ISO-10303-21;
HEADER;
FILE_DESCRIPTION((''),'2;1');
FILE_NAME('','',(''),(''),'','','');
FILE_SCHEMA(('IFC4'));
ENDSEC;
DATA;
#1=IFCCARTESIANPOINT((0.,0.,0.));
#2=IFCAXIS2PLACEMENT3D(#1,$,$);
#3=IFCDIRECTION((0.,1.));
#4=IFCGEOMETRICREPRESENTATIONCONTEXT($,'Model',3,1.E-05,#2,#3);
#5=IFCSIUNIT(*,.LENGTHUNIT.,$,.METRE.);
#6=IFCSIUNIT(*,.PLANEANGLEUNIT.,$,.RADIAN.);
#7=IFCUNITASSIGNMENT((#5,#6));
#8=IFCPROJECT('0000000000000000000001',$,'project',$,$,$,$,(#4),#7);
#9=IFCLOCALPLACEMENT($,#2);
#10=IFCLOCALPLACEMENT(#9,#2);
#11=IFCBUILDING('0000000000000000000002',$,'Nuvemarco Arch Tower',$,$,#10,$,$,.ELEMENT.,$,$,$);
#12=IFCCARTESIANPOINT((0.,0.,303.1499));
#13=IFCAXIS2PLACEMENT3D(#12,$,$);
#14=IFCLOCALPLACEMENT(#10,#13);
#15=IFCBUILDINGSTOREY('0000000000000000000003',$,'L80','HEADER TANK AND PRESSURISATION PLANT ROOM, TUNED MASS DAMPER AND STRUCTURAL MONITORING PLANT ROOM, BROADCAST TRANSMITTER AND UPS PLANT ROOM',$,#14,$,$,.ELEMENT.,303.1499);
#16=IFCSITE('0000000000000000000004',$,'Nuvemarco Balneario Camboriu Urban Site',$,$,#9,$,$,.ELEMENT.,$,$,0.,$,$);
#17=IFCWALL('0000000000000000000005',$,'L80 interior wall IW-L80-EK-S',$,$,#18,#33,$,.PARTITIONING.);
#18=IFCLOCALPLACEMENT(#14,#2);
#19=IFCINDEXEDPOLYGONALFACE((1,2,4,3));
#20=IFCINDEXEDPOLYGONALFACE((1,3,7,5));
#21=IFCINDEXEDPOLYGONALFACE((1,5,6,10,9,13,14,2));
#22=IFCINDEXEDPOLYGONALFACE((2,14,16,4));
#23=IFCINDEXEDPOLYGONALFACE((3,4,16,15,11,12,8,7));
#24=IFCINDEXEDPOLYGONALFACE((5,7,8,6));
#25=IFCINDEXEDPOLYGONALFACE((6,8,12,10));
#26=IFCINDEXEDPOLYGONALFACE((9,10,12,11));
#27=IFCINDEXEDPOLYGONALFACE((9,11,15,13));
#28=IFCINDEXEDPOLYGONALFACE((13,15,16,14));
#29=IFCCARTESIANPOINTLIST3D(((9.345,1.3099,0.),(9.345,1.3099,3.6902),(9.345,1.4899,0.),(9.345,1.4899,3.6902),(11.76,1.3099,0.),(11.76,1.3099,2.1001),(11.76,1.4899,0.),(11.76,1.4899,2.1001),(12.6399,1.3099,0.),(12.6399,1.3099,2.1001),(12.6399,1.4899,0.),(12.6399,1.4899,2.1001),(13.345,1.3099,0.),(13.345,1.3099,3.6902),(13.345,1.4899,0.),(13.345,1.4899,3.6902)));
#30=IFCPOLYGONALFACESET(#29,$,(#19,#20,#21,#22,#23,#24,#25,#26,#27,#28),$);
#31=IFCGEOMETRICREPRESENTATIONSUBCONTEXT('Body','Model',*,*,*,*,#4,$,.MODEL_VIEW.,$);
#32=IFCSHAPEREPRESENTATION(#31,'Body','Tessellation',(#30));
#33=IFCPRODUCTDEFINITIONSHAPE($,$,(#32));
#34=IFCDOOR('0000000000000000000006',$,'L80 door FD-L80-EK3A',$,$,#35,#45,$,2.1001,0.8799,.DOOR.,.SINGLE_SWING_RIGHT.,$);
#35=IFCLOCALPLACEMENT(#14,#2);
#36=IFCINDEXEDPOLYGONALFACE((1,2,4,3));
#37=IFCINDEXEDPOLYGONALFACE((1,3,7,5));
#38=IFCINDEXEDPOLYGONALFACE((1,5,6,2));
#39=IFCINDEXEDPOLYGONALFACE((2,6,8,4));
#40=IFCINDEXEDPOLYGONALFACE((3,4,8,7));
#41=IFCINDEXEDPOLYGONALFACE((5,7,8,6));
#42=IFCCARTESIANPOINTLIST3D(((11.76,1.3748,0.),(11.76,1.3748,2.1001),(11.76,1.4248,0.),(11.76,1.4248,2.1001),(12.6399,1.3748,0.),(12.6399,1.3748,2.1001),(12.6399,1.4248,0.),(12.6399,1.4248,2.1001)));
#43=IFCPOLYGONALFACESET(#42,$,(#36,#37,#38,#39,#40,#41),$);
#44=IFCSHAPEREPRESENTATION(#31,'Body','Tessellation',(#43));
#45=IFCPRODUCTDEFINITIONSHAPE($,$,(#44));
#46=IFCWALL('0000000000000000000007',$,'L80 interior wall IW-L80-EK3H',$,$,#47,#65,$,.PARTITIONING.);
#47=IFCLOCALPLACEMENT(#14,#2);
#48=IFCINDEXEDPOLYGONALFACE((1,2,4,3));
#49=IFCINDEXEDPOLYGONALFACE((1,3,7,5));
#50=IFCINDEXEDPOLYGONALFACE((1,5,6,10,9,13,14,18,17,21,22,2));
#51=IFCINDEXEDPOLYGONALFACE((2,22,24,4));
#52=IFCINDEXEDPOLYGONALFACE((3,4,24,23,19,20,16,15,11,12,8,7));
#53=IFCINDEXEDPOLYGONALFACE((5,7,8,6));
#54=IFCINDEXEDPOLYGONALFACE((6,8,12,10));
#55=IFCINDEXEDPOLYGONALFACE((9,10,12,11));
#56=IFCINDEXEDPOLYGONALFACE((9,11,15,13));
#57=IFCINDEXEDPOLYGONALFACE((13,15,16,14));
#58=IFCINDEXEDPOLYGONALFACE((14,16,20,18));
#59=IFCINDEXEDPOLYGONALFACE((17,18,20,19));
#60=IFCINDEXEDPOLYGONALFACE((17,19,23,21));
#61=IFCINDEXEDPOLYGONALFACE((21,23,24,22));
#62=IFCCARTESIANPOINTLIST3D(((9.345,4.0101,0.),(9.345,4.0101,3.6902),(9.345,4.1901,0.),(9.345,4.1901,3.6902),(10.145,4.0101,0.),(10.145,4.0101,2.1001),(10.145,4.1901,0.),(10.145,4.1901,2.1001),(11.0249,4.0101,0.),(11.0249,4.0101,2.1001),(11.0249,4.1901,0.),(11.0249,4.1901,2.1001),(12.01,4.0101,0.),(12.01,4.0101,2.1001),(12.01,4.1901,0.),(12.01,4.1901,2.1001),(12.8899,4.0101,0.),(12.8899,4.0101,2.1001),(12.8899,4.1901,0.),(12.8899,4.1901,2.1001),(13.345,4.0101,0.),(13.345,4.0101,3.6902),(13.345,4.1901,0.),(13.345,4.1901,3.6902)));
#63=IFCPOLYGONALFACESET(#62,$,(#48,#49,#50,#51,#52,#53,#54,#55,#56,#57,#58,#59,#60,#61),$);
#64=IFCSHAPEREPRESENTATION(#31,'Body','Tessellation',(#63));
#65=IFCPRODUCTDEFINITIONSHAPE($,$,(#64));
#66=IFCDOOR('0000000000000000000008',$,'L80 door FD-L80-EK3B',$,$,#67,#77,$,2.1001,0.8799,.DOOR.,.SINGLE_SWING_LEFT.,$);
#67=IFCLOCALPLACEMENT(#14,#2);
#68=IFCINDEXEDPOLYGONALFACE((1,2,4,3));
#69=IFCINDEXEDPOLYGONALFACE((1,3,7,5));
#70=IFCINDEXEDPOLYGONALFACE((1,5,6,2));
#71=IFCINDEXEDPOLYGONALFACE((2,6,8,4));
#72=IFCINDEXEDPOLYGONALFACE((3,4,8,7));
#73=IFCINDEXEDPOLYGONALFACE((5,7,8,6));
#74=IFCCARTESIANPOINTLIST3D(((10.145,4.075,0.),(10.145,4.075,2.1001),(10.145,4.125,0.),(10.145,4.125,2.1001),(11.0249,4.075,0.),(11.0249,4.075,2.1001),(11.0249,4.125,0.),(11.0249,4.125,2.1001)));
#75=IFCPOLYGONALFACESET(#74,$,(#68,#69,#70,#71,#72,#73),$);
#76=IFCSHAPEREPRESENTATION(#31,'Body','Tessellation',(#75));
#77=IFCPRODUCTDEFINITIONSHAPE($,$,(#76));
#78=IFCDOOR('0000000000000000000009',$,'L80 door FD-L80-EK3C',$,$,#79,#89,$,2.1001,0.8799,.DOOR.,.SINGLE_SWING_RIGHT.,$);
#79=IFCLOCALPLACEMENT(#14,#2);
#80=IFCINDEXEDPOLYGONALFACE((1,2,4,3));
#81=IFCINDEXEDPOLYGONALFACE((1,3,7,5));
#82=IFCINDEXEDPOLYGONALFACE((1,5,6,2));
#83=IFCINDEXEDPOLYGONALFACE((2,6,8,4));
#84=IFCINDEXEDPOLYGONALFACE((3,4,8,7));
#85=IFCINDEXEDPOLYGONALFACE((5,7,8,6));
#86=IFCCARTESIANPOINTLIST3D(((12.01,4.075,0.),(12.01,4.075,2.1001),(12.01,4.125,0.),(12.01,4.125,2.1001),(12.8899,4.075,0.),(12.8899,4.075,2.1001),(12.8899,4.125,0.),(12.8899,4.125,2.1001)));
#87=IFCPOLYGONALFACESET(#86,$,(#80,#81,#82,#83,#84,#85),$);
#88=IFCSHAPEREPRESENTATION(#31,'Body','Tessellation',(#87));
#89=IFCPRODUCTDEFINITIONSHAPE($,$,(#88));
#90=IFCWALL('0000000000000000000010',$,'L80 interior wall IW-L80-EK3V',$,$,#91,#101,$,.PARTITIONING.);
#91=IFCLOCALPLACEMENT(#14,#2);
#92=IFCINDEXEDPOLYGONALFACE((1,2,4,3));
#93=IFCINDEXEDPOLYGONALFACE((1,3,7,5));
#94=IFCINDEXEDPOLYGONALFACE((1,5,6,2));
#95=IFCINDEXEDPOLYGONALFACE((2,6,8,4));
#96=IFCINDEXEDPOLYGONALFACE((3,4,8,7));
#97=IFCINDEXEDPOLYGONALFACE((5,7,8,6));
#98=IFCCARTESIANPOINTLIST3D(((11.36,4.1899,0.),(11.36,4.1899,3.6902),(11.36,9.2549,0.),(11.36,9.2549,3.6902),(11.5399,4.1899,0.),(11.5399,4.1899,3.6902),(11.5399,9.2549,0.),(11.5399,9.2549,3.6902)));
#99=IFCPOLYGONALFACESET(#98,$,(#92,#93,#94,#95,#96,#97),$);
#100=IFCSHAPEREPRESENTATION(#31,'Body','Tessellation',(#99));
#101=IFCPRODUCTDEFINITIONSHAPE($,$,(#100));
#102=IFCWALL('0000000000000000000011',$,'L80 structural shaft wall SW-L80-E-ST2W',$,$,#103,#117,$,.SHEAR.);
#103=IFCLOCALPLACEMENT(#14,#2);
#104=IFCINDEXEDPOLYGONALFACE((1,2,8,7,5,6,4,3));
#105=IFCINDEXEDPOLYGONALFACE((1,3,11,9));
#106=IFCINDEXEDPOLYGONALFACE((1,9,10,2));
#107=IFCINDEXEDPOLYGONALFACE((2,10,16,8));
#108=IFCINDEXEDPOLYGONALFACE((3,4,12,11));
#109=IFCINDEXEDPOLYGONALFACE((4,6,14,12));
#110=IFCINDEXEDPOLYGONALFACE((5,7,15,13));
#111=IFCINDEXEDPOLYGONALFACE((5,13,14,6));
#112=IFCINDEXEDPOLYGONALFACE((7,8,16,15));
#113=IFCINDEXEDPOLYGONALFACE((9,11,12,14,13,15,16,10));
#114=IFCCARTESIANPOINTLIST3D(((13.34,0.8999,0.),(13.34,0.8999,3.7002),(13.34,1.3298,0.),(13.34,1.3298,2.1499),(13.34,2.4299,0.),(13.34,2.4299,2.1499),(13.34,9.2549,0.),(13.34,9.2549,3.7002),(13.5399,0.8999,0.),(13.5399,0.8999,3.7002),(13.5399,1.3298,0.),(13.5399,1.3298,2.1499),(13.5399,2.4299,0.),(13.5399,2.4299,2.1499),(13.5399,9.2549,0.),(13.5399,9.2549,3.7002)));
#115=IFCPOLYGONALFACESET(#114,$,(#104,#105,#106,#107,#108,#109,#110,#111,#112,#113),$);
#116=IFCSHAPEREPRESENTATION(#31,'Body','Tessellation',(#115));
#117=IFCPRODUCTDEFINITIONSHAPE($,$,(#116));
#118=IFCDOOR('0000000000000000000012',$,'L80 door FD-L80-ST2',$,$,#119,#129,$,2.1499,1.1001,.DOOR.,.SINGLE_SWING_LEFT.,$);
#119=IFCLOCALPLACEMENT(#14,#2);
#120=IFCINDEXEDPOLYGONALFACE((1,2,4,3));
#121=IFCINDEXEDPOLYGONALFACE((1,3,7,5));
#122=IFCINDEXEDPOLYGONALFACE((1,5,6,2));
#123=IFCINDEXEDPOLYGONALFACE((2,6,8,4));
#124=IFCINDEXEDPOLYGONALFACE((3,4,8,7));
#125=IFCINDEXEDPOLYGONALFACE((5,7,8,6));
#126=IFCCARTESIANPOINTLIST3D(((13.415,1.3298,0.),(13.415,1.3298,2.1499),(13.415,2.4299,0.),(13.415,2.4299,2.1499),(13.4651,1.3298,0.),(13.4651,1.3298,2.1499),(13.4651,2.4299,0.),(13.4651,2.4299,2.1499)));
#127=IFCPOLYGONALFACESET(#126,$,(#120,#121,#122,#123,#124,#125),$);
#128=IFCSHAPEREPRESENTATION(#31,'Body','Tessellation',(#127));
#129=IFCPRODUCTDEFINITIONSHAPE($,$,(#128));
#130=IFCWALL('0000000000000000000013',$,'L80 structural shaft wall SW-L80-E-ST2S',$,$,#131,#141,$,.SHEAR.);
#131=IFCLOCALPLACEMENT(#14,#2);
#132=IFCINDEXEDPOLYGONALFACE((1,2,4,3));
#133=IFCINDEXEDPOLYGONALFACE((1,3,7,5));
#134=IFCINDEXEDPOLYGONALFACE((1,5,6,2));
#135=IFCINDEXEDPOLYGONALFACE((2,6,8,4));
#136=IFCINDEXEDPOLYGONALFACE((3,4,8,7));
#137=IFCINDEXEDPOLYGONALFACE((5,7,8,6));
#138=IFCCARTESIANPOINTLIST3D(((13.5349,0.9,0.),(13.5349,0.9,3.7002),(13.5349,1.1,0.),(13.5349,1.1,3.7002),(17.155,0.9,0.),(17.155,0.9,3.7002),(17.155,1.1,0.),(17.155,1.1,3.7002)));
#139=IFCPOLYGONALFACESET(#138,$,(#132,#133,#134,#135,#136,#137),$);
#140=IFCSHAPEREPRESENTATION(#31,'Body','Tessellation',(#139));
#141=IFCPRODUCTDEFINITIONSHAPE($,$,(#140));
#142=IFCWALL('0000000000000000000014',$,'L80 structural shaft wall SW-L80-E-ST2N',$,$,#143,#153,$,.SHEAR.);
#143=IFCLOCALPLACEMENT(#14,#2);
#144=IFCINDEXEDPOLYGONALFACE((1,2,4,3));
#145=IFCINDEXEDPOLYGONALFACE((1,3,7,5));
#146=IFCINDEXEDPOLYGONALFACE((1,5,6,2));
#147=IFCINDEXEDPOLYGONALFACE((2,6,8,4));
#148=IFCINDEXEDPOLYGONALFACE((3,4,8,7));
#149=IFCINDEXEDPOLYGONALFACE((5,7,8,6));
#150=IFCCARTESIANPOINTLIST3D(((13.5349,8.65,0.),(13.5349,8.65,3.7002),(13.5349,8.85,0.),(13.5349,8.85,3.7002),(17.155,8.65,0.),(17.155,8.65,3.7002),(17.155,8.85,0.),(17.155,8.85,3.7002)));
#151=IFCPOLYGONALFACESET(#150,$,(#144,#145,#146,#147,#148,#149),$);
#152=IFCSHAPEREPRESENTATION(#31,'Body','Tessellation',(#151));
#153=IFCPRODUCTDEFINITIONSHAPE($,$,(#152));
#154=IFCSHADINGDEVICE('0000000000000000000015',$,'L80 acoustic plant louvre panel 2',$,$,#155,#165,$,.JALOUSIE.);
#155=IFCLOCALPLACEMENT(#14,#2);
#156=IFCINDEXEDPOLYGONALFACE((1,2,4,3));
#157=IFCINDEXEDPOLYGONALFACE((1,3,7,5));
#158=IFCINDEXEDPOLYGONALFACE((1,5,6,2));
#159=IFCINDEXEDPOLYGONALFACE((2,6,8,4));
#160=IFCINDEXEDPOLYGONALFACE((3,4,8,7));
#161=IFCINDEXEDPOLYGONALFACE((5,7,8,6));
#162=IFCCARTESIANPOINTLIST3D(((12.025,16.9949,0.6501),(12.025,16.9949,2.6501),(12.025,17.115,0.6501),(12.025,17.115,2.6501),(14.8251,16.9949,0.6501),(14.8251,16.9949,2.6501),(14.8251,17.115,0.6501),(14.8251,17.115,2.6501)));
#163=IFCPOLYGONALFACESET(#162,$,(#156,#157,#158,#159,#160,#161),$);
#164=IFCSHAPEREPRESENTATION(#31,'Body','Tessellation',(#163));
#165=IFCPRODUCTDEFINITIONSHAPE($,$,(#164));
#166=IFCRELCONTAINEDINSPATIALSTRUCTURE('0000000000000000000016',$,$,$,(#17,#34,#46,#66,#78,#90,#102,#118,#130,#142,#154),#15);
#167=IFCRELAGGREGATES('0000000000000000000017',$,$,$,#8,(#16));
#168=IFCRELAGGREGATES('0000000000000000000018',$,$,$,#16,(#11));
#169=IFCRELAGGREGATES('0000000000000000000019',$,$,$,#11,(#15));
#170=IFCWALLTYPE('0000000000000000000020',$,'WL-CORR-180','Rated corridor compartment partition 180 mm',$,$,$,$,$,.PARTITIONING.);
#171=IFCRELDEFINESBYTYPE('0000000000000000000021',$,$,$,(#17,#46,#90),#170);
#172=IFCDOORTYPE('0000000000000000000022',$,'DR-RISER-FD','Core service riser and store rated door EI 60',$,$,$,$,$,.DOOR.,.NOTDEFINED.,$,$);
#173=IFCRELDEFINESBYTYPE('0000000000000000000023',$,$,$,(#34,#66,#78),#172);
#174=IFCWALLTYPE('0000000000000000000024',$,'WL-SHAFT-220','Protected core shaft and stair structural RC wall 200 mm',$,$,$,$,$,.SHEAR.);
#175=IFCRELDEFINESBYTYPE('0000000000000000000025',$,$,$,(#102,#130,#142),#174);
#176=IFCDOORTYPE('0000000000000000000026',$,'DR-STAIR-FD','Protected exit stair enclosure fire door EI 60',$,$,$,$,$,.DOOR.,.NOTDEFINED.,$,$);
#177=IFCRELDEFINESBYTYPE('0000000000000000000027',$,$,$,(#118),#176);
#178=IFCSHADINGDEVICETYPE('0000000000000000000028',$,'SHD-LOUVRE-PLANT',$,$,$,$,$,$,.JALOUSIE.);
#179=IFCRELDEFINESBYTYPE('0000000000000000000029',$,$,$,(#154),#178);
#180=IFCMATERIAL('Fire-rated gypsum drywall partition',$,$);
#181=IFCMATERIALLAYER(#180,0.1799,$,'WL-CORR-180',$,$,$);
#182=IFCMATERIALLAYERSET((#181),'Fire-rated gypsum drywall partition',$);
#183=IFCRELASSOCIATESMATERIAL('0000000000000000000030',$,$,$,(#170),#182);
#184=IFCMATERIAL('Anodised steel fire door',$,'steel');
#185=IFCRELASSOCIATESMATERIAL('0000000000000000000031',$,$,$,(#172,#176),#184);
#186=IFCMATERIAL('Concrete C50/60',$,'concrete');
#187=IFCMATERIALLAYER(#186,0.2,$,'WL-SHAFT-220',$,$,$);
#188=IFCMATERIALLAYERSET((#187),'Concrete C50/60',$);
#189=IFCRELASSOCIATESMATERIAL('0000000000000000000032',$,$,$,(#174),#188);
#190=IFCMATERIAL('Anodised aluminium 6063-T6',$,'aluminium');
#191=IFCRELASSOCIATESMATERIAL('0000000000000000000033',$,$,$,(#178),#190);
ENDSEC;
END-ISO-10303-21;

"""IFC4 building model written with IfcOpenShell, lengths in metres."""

from ifc_helpers import new_model, si_unit, direction, frame, frame_2d, origin, origin_2d, place, context, subcontext, project, spatial, rectangle, extrude, source, transform, mapped, material, layer, layer_set, type_object, type_shapes, element, fill, save


model = new_model("IFC4")

# Units and contexts
model_context = context("Model", 3, precision=1e-05, world=origin(), true_north=direction((0.0, 1.0)))
body_context = subcontext(model_context, "Body", "Model", "MODEL_VIEW")
ifc_project = project(units=[si_unit("LENGTHUNIT", "METRE"), si_unit("PLANEANGLEUNIT", "RADIAN")], contexts=[model_context])

# Site, building, storey
site_placement = place(None, origin())
site = spatial("IfcSite", under=ifc_project, at=site_placement, Name="Nuvemarco Balneario Camboriu Urban Site", CompositionType="ELEMENT", RefElevation=0.0)
building_placement = place(site_placement, origin())
building = spatial("IfcBuilding", under=site, at=building_placement, Name="Nuvemarco Arch Tower", CompositionType="ELEMENT")
storey_placement = place(building_placement, frame((0.0, 0.0, 303.1499)))
storey = spatial("IfcBuildingStorey", under=building, at=storey_placement, Name="L80", Description="HEADER TANK AND PRESSURISATION PLANT ROOM, TUNED MASS DAMPER AND STRUCTURAL MONITORING PLANT ROOM, BROADCAST TRANSMITTER AND UPS PLANT ROOM", CompositionType="ELEMENT", Elevation=303.1499)

# Shared definitions
ifc_material_1 = material(Name="Concrete C50/60", Category="concrete")

# Wall, opening, door
ifc_material_2 = material(Name="Fire-rated gypsum drywall partition")
ifc_layer_1 = layer(ifc_material_2, 0.1799, Name="WL-CORR-180")
ifc_layer_set_1 = layer_set([ifc_layer_1], Name="Fire-rated gypsum drywall partition")
wall_type_1 = type_object("IfcWallType", Name="WL-CORR-180", Description="Rated corridor compartment partition 180 mm", PredefinedType="PARTITIONING", material=ifc_layer_set_1)
wall_1_placement = place(storey_placement, frame((9.345, 1.3999, 0.0), z_axis=(0.0, 0.0, 1.0), x_axis=(1.0, 0.0, 0.0)))
wall_1 = element("IfcWall", 1, at=wall_1_placement, inside=storey, type_object=wall_type_1, Name="L80 interior wall IW-L80-EK-S", PredefinedType="PARTITIONING", context=body_context, shape_type="SweptSolid", body=[
    extrude(rectangle(XDim=4.0, YDim=0.1799, at=frame_2d((2.0, 0.0))), origin(), (0.0, 0.0, 1.0), 3.6902),
])
opening_1_placement = place(wall_1_placement, frame((2.415, 0.0, 0.0)))
opening_1 = element("IfcOpeningElement", 2, at=opening_1_placement, cuts=wall_1, PredefinedType="OPENING", context=body_context, shape_type="SweptSolid", body=[
    extrude(rectangle(XDim=0.8799, YDim=2.1001, at=frame_2d((0.4399, 1.05))), frame((0.0, 0.0999, 0.0), z_axis=(0.0, -1.0, 0.0), x_axis=(1.0, 0.0, 0.0)), (0.0, 0.0, 1.0), 0.2),
])
ifc_material_3 = material(Name="Anodised steel fire door", Category="steel")
door_type_1 = type_object("IfcDoorType", Name="DR-RISER-FD", Description="Core service riser and store rated door EI 60", OperationType="NOTDEFINED", PredefinedType="DOOR", material=ifc_material_3)
shared_shape_1 = source(origin(), body_context, "Body", "SweptSolid", [
    extrude(rectangle(XDim=0.8799, YDim=2.1001, at=frame_2d((0.4399, 1.05))), frame((0.0, 0.0249, 0.0), z_axis=(0.0, -1.0, 0.0), x_axis=(1.0, 0.0, 0.0)), (0.0, 0.0, 1.0), 0.05),
])
type_shapes(door_type_1, [shared_shape_1])
door_1_placement = place(opening_1_placement, origin())
door_1 = element("IfcDoor", 3, at=door_1_placement, inside=storey, type_object=door_type_1, Name="L80 door FD-L80-EK3A", OperationType="SINGLE_SWING_RIGHT", OverallHeight=2.1001, OverallWidth=0.8799, PredefinedType="DOOR", context=body_context, shape_type="MappedRepresentation", body=[
    mapped(shared_shape_1, transform((0.0, 0.0, 0.0), scale=1.0)),
])
fill(opening_1, door_1)

# Wall, openings, doors
wall_2_placement = place(storey_placement, frame((9.345, 4.1001, 0.0), z_axis=(0.0, 0.0, 1.0), x_axis=(1.0, 0.0, 0.0)))
wall_2 = element("IfcWall", 4, at=wall_2_placement, inside=storey, type_object=wall_type_1, Name="L80 interior wall IW-L80-EK3H", PredefinedType="PARTITIONING", context=body_context, shape_type="SweptSolid", body=[
    extrude(rectangle(XDim=4.0, YDim=0.1799, at=frame_2d((2.0, 0.0))), origin(), (0.0, 0.0, 1.0), 3.6902),
])
opening_2_placement = place(wall_2_placement, frame((0.8, 0.0, 0.0)))
opening_2 = element("IfcOpeningElement", 5, at=opening_2_placement, cuts=wall_2, PredefinedType="OPENING", context=body_context, shape_type="SweptSolid", body=[
    extrude(rectangle(XDim=0.8799, YDim=2.1001, at=frame_2d((0.4399, 1.05))), frame((0.0, 0.0999, 0.0), z_axis=(0.0, -1.0, 0.0), x_axis=(1.0, 0.0, 0.0)), (0.0, 0.0, 1.0), 0.2),
])
opening_3_placement = place(wall_2_placement, frame((2.665, 0.0, 0.0)))
opening_3 = element("IfcOpeningElement", 6, at=opening_3_placement, cuts=wall_2, PredefinedType="OPENING", context=body_context, shape_type="SweptSolid", body=[
    extrude(rectangle(XDim=0.8799, YDim=2.1001, at=frame_2d((0.4399, 1.05))), frame((0.0, 0.0999, 0.0), z_axis=(0.0, -1.0, 0.0), x_axis=(1.0, 0.0, 0.0)), (0.0, 0.0, 1.0), 0.2),
])
door_2_placement = place(opening_2_placement, origin())
door_2 = element("IfcDoor", 7, at=door_2_placement, inside=storey, type_object=door_type_1, Name="L80 door FD-L80-EK3B", OperationType="SINGLE_SWING_LEFT", OverallHeight=2.1001, OverallWidth=0.8799, PredefinedType="DOOR", context=body_context, shape_type="MappedRepresentation", body=[
    mapped(shared_shape_1, transform((0.0, 0.0, 0.0), scale=1.0)),
])
fill(opening_2, door_2)
door_3_placement = place(opening_3_placement, origin())
door_3 = element("IfcDoor", 8, at=door_3_placement, inside=storey, type_object=door_type_1, Name="L80 door FD-L80-EK3C", OperationType="SINGLE_SWING_RIGHT", OverallHeight=2.1001, OverallWidth=0.8799, PredefinedType="DOOR", context=body_context, shape_type="MappedRepresentation", body=[
    mapped(shared_shape_1, transform((0.0, 0.0, 0.0), scale=1.0)),
])
fill(opening_3, door_3)

# Wall
wall_3_placement = place(storey_placement, frame((11.45, 4.1899, 0.0), z_axis=(0.0, 0.0, 1.0), x_axis=(0.0, 1.0, 0.0)))
element("IfcWall", 9, at=wall_3_placement, inside=storey, type_object=wall_type_1, Name="L80 interior wall IW-L80-EK3V", PredefinedType="PARTITIONING", context=body_context, shape_type="SweptSolid", body=[
    extrude(rectangle(XDim=5.0649, YDim=0.1799, at=frame_2d((2.5325, 0.0))), origin(), (0.0, 0.0, 1.0), 3.6902),
])

# Wall, opening, door
ifc_layer_2 = layer(ifc_material_1, 0.2, Name="WL-SHAFT-220")
ifc_layer_set_2 = layer_set([ifc_layer_2], Name="Concrete C50/60")
wall_type_2 = type_object("IfcWallType", Name="WL-SHAFT-220", Description="Protected core shaft and stair structural RC wall 200 mm", PredefinedType="SHEAR", material=ifc_layer_set_2)
wall_4_placement = place(storey_placement, frame((13.4399, 0.8999, 0.0), z_axis=(0.0, 0.0, 1.0), x_axis=(0.0, 1.0, 0.0)))
wall_4 = element("IfcWall", 10, at=wall_4_placement, inside=storey, type_object=wall_type_2, Name="L80 structural shaft wall SW-L80-E-ST2W", PredefinedType="SHEAR", context=body_context, shape_type="SweptSolid", body=[
    extrude(rectangle(XDim=8.355, YDim=0.2, at=frame_2d((4.1775, 0.0))), origin(), (0.0, 0.0, 1.0), 3.7002),
])
opening_4_placement = place(wall_4_placement, frame((0.4299, 0.0, 0.0)))
opening_4 = element("IfcOpeningElement", 11, at=opening_4_placement, cuts=wall_4, PredefinedType="OPENING", context=body_context, shape_type="SweptSolid", body=[
    extrude(rectangle(XDim=1.1001, YDim=2.1499, at=frame_2d((0.55, 1.075))), frame((0.0, 0.1099, 0.0), z_axis=(0.0, -1.0, 0.0), x_axis=(1.0, 0.0, 0.0)), (0.0, 0.0, 1.0), 0.22),
])
door_type_2 = type_object("IfcDoorType", Name="DR-STAIR-FD", Description="Protected exit stair enclosure fire door EI 60", OperationType="NOTDEFINED", PredefinedType="DOOR", material=ifc_material_3)
shared_shape_2 = source(origin(), body_context, "Body", "SweptSolid", [
    extrude(rectangle(XDim=1.1001, YDim=2.1499, at=frame_2d((0.55, 1.075))), frame((0.0, 0.0249, 0.0), z_axis=(0.0, -1.0, 0.0), x_axis=(1.0, 0.0, 0.0)), (0.0, 0.0, 1.0), 0.05),
])
type_shapes(door_type_2, [shared_shape_2])
door_4_placement = place(opening_4_placement, origin())
door_4 = element("IfcDoor", 12, at=door_4_placement, inside=storey, type_object=door_type_2, Name="L80 door FD-L80-ST2", OperationType="SINGLE_SWING_LEFT", OverallHeight=2.1499, OverallWidth=1.1001, PredefinedType="DOOR", context=body_context, shape_type="MappedRepresentation", body=[
    mapped(shared_shape_2, transform((0.0, 0.0, 0.0), scale=1.0)),
])
fill(opening_4, door_4)

# Walls
for number, where, z_axis, x_axis, name in (
    (13, (13.5349, 1.0, 0.0), (0.0, 0.0, 1.0), (1.0, 0.0, 0.0), "L80 structural shaft wall SW-L80-E-ST2S"),
    (14, (13.5349, 8.75, 0.0), (0.0, 0.0, 1.0), (1.0, 0.0, 0.0), "L80 structural shaft wall SW-L80-E-ST2N"),
):
    element("IfcWall", number, at=place(storey_placement, frame(where, z_axis=z_axis, x_axis=x_axis)), inside=storey, type_object=wall_type_2, Name=name, PredefinedType="SHEAR", context=body_context, shape_type="SweptSolid", body=[
        extrude(rectangle(XDim=3.6201, YDim=0.2, at=frame_2d((1.8101, 0.0))), origin(), (0.0, 0.0, 1.0), 3.7002),
    ])

# Shading device
ifc_material_4 = material(Name="Anodised aluminium 6063-T6", Category="aluminium")
shading_device_type = type_object("IfcShadingDeviceType", Name="SHD-LOUVRE-PLANT", PredefinedType="JALOUSIE", material=ifc_material_4)
shared_shape_3 = source(origin(), body_context, "Body", "SweptSolid", [
    extrude(rectangle(XDim=2.8, YDim=0.1201, at=origin_2d()), origin(), (0.0, 0.0, 1.0), 2.0),
])
type_shapes(shading_device_type, [shared_shape_3])
shading_device_placement = place(storey_placement, frame((13.425, 17.0549, 0.6501), z_axis=(0.0, 0.0, 1.0), x_axis=(1.0, 0.0, 0.0)))
element("IfcShadingDevice", 15, at=shading_device_placement, inside=storey, type_object=shading_device_type, Name="L80 acoustic plant louvre panel 2", PredefinedType="JALOUSIE", context=body_context, shape_type="MappedRepresentation", body=[
    mapped(shared_shape_3, transform((0.0, 0.0, 0.0), scale=1.0)),
])

save(model, "model.ifc")
